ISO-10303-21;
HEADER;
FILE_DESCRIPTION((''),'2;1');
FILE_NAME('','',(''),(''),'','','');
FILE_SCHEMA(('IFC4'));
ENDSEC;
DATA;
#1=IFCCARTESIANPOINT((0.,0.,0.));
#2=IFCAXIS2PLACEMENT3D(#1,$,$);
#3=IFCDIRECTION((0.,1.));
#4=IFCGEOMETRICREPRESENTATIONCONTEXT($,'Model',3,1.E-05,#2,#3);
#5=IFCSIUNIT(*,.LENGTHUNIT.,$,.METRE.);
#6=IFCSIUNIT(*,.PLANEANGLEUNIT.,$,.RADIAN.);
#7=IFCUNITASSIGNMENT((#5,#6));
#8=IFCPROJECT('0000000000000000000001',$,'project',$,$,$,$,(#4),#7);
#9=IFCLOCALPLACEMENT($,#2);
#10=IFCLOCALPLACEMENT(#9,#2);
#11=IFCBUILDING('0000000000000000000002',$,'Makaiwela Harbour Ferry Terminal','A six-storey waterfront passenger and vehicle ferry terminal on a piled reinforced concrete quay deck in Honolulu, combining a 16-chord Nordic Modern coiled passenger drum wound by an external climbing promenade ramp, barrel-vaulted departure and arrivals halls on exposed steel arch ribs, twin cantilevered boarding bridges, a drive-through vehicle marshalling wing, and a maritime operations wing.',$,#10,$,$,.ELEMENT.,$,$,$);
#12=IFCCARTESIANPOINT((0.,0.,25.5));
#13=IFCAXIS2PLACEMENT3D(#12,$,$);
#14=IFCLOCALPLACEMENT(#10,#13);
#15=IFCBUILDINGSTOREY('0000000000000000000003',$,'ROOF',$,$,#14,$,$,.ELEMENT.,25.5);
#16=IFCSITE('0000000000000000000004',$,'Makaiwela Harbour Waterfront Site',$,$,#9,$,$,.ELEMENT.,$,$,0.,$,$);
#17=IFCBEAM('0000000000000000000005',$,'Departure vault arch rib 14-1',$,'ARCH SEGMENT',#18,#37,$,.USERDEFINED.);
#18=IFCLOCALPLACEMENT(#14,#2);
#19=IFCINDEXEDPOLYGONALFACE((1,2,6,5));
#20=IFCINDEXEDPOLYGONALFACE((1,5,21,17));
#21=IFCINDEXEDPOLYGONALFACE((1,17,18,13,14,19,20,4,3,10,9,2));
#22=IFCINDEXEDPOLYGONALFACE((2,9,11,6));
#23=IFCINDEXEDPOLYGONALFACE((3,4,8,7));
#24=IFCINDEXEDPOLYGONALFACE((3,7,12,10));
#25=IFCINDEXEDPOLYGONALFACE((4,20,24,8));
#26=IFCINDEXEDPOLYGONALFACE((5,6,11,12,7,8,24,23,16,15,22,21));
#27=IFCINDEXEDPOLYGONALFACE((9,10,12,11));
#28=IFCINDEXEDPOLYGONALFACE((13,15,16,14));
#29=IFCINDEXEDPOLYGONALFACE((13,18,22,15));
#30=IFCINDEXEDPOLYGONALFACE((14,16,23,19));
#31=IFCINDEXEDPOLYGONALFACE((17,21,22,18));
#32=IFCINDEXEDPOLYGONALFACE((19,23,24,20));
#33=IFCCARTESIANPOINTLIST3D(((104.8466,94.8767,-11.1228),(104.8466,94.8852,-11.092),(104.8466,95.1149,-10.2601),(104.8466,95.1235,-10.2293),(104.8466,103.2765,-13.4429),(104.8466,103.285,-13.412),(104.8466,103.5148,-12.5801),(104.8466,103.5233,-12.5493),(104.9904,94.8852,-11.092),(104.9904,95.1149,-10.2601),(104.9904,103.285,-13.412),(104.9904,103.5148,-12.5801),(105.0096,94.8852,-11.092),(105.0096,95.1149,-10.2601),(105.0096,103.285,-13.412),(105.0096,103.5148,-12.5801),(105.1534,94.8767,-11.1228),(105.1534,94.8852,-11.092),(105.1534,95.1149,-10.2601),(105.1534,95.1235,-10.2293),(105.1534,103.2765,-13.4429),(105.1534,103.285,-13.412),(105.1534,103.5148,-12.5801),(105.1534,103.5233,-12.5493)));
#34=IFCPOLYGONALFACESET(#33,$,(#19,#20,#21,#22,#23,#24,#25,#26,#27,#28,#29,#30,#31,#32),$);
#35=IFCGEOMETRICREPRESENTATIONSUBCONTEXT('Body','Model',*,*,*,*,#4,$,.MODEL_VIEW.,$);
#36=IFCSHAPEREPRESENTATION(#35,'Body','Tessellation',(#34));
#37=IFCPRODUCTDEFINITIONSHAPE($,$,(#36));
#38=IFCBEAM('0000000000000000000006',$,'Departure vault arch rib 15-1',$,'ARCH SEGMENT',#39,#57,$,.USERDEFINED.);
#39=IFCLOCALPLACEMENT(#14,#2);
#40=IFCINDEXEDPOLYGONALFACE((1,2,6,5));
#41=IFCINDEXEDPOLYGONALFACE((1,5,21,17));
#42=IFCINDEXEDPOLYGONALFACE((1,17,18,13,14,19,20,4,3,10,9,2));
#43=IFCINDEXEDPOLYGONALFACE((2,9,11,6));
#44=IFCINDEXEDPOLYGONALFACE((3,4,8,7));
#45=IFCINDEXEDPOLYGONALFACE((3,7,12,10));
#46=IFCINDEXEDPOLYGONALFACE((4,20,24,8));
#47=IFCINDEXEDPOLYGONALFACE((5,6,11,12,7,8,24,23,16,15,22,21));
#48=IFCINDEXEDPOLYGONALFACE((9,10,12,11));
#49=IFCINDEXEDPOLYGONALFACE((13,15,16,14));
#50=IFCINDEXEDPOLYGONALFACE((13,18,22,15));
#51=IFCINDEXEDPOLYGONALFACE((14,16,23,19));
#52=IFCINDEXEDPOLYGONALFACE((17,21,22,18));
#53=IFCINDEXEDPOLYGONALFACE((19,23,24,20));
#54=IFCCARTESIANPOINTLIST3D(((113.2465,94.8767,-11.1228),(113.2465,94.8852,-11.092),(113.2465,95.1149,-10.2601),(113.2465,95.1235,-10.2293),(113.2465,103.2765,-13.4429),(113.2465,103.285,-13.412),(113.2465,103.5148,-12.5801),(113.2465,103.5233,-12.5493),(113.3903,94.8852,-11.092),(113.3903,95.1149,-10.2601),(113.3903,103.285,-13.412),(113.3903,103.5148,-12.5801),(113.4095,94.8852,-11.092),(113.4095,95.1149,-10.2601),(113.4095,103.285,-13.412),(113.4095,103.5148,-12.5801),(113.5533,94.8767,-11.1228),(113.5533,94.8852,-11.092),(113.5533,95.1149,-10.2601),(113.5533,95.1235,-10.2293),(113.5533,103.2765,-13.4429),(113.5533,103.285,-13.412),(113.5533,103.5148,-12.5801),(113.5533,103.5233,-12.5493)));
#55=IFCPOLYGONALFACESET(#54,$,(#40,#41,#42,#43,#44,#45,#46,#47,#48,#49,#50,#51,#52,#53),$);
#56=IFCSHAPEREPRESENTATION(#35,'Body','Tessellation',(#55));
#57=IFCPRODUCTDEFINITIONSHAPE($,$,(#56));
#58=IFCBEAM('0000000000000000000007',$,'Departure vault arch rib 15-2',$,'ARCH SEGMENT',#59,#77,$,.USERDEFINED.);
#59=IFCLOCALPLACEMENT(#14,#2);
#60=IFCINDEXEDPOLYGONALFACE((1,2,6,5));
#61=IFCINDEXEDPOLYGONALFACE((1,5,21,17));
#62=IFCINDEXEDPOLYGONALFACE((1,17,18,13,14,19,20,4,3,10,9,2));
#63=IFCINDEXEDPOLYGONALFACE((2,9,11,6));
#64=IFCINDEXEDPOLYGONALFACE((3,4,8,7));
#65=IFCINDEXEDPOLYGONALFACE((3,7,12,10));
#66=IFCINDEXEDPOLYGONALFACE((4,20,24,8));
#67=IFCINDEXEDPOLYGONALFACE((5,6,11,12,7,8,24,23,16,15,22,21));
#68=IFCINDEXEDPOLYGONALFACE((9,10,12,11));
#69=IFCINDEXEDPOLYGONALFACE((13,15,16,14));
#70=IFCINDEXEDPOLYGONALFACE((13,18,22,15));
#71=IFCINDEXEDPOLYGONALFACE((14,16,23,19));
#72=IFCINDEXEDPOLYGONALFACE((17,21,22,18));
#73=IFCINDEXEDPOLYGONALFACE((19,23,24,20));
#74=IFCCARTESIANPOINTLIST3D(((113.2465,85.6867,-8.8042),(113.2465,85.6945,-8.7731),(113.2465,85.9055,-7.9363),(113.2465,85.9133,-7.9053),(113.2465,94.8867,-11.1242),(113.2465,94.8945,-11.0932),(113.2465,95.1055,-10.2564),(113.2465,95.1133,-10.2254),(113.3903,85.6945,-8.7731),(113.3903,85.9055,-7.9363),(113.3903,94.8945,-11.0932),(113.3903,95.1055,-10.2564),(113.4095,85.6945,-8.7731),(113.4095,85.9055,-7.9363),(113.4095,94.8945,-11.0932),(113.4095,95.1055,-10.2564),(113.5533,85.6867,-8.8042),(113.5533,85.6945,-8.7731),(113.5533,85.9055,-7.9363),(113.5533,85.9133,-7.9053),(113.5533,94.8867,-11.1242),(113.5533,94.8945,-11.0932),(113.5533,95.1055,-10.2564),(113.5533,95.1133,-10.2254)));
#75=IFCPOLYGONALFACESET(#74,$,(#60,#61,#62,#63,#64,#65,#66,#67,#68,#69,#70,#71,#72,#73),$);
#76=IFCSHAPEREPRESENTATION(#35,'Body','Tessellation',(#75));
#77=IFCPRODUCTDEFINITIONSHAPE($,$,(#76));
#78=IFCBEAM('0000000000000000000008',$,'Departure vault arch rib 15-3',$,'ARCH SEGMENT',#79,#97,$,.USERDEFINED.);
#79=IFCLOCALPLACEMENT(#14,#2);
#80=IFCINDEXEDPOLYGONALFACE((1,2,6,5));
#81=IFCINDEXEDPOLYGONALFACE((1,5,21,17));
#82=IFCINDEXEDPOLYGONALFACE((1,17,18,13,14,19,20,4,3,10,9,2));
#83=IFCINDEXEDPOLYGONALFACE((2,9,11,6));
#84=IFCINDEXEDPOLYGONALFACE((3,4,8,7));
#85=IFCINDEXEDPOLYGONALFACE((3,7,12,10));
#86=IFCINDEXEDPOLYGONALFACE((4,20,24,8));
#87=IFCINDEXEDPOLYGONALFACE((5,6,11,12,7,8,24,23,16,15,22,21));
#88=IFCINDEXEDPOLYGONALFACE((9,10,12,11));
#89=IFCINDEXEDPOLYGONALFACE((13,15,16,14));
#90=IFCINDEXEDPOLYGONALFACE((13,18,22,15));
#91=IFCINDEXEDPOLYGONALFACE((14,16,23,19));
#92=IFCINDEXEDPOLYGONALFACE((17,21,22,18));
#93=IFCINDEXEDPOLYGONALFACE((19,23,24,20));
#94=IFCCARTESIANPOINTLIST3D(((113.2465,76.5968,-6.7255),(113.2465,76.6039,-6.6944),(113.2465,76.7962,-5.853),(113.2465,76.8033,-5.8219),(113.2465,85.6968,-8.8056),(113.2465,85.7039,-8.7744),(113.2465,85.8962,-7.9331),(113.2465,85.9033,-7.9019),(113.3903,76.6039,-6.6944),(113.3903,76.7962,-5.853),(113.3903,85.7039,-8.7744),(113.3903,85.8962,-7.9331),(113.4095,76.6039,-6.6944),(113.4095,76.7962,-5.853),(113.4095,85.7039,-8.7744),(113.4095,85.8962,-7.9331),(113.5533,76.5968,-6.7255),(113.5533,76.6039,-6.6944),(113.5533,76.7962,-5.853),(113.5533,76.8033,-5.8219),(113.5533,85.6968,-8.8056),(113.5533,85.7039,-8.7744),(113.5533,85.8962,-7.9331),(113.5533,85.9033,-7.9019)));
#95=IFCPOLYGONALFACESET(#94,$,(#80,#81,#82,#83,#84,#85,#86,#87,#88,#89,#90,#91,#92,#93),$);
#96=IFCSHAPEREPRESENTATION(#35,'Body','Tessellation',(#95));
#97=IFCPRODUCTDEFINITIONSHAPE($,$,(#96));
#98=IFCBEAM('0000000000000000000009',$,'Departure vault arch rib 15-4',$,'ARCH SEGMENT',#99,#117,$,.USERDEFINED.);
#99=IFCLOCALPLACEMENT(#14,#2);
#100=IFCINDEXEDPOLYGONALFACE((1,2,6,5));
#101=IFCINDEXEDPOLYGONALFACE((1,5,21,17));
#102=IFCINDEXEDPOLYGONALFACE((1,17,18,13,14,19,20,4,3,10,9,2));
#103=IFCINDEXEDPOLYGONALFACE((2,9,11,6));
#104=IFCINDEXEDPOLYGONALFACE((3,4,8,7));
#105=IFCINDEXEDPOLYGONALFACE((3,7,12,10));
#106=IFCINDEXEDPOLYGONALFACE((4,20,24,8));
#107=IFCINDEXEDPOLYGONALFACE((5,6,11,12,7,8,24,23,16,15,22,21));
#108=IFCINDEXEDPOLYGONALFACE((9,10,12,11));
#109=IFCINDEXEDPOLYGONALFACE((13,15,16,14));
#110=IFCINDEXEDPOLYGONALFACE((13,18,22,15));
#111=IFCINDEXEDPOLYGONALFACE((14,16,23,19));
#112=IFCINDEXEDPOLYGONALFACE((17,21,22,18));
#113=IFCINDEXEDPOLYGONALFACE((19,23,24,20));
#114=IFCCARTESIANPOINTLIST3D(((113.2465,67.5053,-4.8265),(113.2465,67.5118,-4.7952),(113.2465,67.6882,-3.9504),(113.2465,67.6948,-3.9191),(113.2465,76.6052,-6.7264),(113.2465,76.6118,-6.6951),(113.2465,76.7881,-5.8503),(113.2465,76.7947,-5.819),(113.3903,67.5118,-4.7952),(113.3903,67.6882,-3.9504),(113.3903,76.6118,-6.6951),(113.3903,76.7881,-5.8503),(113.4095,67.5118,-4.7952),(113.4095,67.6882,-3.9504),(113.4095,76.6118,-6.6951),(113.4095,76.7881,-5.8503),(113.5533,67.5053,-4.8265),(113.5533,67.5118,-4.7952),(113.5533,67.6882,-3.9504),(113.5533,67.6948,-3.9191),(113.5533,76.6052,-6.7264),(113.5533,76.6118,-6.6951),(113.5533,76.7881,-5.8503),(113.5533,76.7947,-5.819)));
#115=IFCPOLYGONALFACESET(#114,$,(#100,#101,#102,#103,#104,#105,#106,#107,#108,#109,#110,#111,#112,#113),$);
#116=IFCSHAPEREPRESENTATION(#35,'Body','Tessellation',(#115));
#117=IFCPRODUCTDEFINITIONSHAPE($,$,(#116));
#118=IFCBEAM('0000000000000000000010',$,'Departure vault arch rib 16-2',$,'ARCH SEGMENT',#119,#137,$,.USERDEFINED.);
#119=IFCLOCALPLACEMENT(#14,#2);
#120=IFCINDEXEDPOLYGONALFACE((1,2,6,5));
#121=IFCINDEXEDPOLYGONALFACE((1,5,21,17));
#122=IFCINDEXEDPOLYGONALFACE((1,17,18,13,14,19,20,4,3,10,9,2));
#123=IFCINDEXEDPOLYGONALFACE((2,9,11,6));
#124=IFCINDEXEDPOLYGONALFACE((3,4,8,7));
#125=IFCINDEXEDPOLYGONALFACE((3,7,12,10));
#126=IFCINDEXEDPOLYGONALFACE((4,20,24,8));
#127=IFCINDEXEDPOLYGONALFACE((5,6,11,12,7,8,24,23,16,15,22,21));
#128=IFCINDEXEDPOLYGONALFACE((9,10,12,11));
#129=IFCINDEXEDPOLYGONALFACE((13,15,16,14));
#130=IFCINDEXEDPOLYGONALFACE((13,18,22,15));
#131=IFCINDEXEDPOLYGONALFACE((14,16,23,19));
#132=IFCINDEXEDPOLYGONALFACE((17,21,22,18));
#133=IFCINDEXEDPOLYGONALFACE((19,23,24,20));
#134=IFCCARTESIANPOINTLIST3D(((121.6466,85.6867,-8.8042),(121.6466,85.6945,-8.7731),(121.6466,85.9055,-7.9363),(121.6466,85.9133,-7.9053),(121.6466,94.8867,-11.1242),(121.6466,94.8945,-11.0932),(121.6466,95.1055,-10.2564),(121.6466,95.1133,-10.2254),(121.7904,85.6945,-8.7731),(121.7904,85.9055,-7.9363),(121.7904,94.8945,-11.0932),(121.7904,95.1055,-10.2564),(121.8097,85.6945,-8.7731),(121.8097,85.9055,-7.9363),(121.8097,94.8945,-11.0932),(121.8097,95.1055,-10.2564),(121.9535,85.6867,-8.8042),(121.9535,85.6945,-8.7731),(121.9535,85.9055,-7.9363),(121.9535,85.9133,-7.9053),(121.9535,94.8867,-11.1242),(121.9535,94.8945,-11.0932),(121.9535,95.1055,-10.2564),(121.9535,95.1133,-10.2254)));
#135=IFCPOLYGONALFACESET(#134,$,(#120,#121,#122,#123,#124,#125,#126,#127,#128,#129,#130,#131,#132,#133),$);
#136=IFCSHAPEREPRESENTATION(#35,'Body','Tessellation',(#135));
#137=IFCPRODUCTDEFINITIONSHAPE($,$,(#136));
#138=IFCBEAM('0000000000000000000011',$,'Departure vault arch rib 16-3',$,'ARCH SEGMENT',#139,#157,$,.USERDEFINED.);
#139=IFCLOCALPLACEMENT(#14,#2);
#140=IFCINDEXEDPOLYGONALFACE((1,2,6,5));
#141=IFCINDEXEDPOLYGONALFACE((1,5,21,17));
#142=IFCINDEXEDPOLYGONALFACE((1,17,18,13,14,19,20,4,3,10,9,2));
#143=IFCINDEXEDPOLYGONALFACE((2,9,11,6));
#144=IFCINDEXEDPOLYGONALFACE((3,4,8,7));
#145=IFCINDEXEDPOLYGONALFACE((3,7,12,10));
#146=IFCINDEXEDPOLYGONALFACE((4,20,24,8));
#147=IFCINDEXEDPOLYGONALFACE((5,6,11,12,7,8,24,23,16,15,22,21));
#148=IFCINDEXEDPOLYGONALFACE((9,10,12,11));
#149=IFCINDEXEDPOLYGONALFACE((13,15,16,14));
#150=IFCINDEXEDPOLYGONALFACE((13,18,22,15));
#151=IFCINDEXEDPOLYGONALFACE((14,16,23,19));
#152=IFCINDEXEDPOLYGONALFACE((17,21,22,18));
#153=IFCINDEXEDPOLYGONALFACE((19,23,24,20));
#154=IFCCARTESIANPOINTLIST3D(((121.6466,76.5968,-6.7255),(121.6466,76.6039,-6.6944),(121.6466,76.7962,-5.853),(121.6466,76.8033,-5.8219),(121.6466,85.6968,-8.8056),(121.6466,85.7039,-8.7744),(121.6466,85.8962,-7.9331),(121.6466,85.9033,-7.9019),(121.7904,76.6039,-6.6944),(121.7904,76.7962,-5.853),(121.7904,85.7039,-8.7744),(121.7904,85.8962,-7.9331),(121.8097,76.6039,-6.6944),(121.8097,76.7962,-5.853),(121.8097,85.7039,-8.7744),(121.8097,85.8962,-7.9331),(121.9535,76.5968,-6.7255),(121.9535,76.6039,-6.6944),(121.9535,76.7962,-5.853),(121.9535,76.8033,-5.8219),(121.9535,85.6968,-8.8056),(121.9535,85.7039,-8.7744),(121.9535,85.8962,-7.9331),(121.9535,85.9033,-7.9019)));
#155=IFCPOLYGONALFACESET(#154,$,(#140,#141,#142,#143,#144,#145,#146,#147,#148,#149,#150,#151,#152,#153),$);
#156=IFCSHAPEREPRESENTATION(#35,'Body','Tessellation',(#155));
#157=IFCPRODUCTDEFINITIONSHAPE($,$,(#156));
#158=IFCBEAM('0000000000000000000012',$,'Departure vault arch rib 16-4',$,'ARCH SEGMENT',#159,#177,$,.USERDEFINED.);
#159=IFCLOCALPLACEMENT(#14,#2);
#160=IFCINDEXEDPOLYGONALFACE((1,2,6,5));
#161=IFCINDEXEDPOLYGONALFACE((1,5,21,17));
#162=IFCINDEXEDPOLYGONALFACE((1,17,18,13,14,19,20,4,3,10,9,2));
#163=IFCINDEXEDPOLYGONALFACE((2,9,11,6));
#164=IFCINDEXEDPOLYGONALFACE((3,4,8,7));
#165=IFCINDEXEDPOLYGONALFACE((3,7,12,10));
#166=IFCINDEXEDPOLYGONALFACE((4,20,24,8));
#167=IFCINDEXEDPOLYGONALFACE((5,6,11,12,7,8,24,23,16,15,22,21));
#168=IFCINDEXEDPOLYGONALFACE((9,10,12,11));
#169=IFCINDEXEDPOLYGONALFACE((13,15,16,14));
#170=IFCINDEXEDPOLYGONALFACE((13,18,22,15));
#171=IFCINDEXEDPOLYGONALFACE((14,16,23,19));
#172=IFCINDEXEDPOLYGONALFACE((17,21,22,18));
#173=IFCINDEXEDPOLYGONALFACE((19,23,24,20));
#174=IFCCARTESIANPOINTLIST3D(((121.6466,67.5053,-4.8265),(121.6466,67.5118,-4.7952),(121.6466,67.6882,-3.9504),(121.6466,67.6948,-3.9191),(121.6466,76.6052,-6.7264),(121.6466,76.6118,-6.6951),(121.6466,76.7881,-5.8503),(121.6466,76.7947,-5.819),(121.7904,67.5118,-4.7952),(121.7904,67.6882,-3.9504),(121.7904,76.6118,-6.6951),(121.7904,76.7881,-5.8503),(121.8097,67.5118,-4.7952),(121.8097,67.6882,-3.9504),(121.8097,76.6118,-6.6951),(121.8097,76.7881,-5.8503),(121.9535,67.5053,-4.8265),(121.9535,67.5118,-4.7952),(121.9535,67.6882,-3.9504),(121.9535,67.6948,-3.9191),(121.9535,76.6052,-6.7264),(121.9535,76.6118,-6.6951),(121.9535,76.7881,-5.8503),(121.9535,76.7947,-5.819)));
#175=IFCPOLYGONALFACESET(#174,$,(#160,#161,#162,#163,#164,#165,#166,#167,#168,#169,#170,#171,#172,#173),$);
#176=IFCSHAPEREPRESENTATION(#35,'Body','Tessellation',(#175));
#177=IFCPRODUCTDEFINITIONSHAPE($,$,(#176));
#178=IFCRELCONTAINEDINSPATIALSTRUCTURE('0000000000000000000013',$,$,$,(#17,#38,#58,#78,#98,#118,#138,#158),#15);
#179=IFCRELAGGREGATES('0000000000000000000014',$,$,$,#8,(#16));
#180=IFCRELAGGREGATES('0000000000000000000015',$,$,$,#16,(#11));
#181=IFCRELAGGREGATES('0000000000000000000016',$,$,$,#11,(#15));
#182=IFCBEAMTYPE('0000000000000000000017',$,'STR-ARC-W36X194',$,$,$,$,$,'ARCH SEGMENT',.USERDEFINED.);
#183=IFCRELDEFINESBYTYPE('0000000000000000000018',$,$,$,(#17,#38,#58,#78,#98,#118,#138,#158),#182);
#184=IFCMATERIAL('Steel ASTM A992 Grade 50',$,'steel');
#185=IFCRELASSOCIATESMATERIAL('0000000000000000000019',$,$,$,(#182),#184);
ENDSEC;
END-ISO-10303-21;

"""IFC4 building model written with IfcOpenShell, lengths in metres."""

from ifc_helpers import new_model, si_unit, direction, frame, origin, origin_2d, place, context, subcontext, project, spatial, i_section, extrude, material, material_profile, profile_set, type_object, element, save


model = new_model("IFC4")

# Units and contexts
model_context = context("Model", 3, precision=1e-05, world=origin(), true_north=direction((0.0, 1.0)))
body_context = subcontext(model_context, "Body", "Model", "MODEL_VIEW")
ifc_project = project(units=[si_unit("LENGTHUNIT", "METRE"), si_unit("PLANEANGLEUNIT", "RADIAN")], contexts=[model_context])

# Site, building, storey
site_placement = place(None, origin())
site = spatial("IfcSite", under=ifc_project, at=site_placement, Name="Makaiwela Harbour Waterfront Site", CompositionType="ELEMENT", RefElevation=0.0)
building_placement = place(site_placement, origin())
building = spatial("IfcBuilding", under=site, at=building_placement, Name="Makaiwela Harbour Ferry Terminal", Description="A six-storey waterfront passenger and vehicle ferry terminal on a piled reinforced concrete quay deck in Honolulu, combining a 16-chord Nordic Modern coiled passenger drum wound by an external climbing promenade ramp, barrel-vaulted departure and arrivals halls on exposed steel arch ribs, twin cantilevered boarding bridges, a drive-through vehicle marshalling wing, and a maritime operations wing.", CompositionType="ELEMENT")
storey_placement = place(building_placement, frame((0.0, 0.0, 25.5)))
storey = spatial("IfcBuildingStorey", under=building, at=storey_placement, Name="ROOF", CompositionType="ELEMENT", Elevation=25.5)

# Beams
ifc_material_1 = material(Name="Steel ASTM A992 Grade 50", Category="steel")
ifc_material_profile_1 = material_profile(ifc_material_1, i_section(OverallWidth=0.3069, OverallDepth=0.927, WebThickness=0.0193, FlangeThickness=0.032, at=origin_2d()), Name="W36X194")
ifc_profile_set_1 = profile_set([ifc_material_profile_1], Name="Steel ASTM A992 Grade 50")
beam_type = type_object("IfcBeamType", Name="STR-ARC-W36X194", ElementType="ARCH SEGMENT", PredefinedType="USERDEFINED", material=ifc_profile_set_1)
for number, where, z_axis, x_axis, name in (
    (1, (105.0, 103.3999, -12.9961), (0.0, -0.963909, 0.266233), (1.0, 0.0, 0.0), "Departure vault arch rib 14-1"),
    (2, (113.3999, 103.3999, -12.9961), (0.0, -0.963909, 0.266233), (1.0, 0.0, 0.0), "Departure vault arch rib 15-1"),
):
    element("IfcBeam", number, at=place(storey_placement, frame(where, z_axis=z_axis, x_axis=x_axis)), inside=storey, type_object=beam_type, Name=name, ObjectType="ARCH SEGMENT", PredefinedType="USERDEFINED", context=body_context, shape_type="SweptSolid", body=[
        extrude(i_section(OverallWidth=0.3069, OverallDepth=0.927, WebThickness=0.0193, FlangeThickness=0.032, at=origin_2d()), origin(), (0.0, 0.0, 1.0), 8.7144),
    ])
beam_1_placement = place(storey_placement, frame((113.3999, 95.0, -10.6748), z_axis=(0.0, -0.969642, 0.244527), x_axis=(1.0, 0.0, 0.0)))
element("IfcBeam", 3, at=beam_1_placement, inside=storey, type_object=beam_type, Name="Departure vault arch rib 15-2", ObjectType="ARCH SEGMENT", PredefinedType="USERDEFINED", context=body_context, shape_type="SweptSolid", body=[
    extrude(i_section(OverallWidth=0.3069, OverallDepth=0.927, WebThickness=0.0193, FlangeThickness=0.032, at=origin_2d()), origin(), (0.0, 0.0, 1.0), 9.488),
])
beam_2_placement = place(storey_placement, frame((113.3999, 85.8, -8.3538), z_axis=(0.0, -0.974857, 0.22283), x_axis=(1.0, 0.0, 0.0)))
element("IfcBeam", 4, at=beam_2_placement, inside=storey, type_object=beam_type, Name="Departure vault arch rib 15-3", ObjectType="ARCH SEGMENT", PredefinedType="USERDEFINED", context=body_context, shape_type="SweptSolid", body=[
    extrude(i_section(OverallWidth=0.3069, OverallDepth=0.927, WebThickness=0.0193, FlangeThickness=0.032, at=origin_2d()), origin(), (0.0, 0.0, 1.0), 9.3347),
])
beam_3_placement = place(storey_placement, frame((113.3999, 76.7, -6.2727), z_axis=(0.0, -0.978892, 0.204377), x_axis=(1.0, 0.0, 0.0)))
element("IfcBeam", 5, at=beam_3_placement, inside=storey, type_object=beam_type, Name="Departure vault arch rib 15-4", ObjectType="ARCH SEGMENT", PredefinedType="USERDEFINED", context=body_context, shape_type="SweptSolid", body=[
    extrude(i_section(OverallWidth=0.3069, OverallDepth=0.927, WebThickness=0.0193, FlangeThickness=0.032, at=origin_2d()), origin(), (0.0, 0.0, 1.0), 9.2961),
])
beam_4_placement = place(storey_placement, frame((121.8, 95.0, -10.6748), z_axis=(0.0, -0.969642, 0.244527), x_axis=(1.0, 0.0, 0.0)))
element("IfcBeam", 6, at=beam_4_placement, inside=storey, type_object=beam_type, Name="Departure vault arch rib 16-2", ObjectType="ARCH SEGMENT", PredefinedType="USERDEFINED", context=body_context, shape_type="SweptSolid", body=[
    extrude(i_section(OverallWidth=0.3069, OverallDepth=0.927, WebThickness=0.0193, FlangeThickness=0.032, at=origin_2d()), origin(), (0.0, 0.0, 1.0), 9.488),
])
beam_5_placement = place(storey_placement, frame((121.8, 85.8, -8.3538), z_axis=(0.0, -0.974857, 0.22283), x_axis=(1.0, 0.0, 0.0)))
element("IfcBeam", 7, at=beam_5_placement, inside=storey, type_object=beam_type, Name="Departure vault arch rib 16-3", ObjectType="ARCH SEGMENT", PredefinedType="USERDEFINED", context=body_context, shape_type="SweptSolid", body=[
    extrude(i_section(OverallWidth=0.3069, OverallDepth=0.927, WebThickness=0.0193, FlangeThickness=0.032, at=origin_2d()), origin(), (0.0, 0.0, 1.0), 9.3347),
])
beam_6_placement = place(storey_placement, frame((121.8, 76.7, -6.2727), z_axis=(0.0, -0.978892, 0.204377), x_axis=(1.0, 0.0, 0.0)))
element("IfcBeam", 8, at=beam_6_placement, inside=storey, type_object=beam_type, Name="Departure vault arch rib 16-4", ObjectType="ARCH SEGMENT", PredefinedType="USERDEFINED", context=body_context, shape_type="SweptSolid", body=[
    extrude(i_section(OverallWidth=0.3069, OverallDepth=0.927, WebThickness=0.0193, FlangeThickness=0.032, at=origin_2d()), origin(), (0.0, 0.0, 1.0), 9.2961),
])

save(model, "model.ifc")
